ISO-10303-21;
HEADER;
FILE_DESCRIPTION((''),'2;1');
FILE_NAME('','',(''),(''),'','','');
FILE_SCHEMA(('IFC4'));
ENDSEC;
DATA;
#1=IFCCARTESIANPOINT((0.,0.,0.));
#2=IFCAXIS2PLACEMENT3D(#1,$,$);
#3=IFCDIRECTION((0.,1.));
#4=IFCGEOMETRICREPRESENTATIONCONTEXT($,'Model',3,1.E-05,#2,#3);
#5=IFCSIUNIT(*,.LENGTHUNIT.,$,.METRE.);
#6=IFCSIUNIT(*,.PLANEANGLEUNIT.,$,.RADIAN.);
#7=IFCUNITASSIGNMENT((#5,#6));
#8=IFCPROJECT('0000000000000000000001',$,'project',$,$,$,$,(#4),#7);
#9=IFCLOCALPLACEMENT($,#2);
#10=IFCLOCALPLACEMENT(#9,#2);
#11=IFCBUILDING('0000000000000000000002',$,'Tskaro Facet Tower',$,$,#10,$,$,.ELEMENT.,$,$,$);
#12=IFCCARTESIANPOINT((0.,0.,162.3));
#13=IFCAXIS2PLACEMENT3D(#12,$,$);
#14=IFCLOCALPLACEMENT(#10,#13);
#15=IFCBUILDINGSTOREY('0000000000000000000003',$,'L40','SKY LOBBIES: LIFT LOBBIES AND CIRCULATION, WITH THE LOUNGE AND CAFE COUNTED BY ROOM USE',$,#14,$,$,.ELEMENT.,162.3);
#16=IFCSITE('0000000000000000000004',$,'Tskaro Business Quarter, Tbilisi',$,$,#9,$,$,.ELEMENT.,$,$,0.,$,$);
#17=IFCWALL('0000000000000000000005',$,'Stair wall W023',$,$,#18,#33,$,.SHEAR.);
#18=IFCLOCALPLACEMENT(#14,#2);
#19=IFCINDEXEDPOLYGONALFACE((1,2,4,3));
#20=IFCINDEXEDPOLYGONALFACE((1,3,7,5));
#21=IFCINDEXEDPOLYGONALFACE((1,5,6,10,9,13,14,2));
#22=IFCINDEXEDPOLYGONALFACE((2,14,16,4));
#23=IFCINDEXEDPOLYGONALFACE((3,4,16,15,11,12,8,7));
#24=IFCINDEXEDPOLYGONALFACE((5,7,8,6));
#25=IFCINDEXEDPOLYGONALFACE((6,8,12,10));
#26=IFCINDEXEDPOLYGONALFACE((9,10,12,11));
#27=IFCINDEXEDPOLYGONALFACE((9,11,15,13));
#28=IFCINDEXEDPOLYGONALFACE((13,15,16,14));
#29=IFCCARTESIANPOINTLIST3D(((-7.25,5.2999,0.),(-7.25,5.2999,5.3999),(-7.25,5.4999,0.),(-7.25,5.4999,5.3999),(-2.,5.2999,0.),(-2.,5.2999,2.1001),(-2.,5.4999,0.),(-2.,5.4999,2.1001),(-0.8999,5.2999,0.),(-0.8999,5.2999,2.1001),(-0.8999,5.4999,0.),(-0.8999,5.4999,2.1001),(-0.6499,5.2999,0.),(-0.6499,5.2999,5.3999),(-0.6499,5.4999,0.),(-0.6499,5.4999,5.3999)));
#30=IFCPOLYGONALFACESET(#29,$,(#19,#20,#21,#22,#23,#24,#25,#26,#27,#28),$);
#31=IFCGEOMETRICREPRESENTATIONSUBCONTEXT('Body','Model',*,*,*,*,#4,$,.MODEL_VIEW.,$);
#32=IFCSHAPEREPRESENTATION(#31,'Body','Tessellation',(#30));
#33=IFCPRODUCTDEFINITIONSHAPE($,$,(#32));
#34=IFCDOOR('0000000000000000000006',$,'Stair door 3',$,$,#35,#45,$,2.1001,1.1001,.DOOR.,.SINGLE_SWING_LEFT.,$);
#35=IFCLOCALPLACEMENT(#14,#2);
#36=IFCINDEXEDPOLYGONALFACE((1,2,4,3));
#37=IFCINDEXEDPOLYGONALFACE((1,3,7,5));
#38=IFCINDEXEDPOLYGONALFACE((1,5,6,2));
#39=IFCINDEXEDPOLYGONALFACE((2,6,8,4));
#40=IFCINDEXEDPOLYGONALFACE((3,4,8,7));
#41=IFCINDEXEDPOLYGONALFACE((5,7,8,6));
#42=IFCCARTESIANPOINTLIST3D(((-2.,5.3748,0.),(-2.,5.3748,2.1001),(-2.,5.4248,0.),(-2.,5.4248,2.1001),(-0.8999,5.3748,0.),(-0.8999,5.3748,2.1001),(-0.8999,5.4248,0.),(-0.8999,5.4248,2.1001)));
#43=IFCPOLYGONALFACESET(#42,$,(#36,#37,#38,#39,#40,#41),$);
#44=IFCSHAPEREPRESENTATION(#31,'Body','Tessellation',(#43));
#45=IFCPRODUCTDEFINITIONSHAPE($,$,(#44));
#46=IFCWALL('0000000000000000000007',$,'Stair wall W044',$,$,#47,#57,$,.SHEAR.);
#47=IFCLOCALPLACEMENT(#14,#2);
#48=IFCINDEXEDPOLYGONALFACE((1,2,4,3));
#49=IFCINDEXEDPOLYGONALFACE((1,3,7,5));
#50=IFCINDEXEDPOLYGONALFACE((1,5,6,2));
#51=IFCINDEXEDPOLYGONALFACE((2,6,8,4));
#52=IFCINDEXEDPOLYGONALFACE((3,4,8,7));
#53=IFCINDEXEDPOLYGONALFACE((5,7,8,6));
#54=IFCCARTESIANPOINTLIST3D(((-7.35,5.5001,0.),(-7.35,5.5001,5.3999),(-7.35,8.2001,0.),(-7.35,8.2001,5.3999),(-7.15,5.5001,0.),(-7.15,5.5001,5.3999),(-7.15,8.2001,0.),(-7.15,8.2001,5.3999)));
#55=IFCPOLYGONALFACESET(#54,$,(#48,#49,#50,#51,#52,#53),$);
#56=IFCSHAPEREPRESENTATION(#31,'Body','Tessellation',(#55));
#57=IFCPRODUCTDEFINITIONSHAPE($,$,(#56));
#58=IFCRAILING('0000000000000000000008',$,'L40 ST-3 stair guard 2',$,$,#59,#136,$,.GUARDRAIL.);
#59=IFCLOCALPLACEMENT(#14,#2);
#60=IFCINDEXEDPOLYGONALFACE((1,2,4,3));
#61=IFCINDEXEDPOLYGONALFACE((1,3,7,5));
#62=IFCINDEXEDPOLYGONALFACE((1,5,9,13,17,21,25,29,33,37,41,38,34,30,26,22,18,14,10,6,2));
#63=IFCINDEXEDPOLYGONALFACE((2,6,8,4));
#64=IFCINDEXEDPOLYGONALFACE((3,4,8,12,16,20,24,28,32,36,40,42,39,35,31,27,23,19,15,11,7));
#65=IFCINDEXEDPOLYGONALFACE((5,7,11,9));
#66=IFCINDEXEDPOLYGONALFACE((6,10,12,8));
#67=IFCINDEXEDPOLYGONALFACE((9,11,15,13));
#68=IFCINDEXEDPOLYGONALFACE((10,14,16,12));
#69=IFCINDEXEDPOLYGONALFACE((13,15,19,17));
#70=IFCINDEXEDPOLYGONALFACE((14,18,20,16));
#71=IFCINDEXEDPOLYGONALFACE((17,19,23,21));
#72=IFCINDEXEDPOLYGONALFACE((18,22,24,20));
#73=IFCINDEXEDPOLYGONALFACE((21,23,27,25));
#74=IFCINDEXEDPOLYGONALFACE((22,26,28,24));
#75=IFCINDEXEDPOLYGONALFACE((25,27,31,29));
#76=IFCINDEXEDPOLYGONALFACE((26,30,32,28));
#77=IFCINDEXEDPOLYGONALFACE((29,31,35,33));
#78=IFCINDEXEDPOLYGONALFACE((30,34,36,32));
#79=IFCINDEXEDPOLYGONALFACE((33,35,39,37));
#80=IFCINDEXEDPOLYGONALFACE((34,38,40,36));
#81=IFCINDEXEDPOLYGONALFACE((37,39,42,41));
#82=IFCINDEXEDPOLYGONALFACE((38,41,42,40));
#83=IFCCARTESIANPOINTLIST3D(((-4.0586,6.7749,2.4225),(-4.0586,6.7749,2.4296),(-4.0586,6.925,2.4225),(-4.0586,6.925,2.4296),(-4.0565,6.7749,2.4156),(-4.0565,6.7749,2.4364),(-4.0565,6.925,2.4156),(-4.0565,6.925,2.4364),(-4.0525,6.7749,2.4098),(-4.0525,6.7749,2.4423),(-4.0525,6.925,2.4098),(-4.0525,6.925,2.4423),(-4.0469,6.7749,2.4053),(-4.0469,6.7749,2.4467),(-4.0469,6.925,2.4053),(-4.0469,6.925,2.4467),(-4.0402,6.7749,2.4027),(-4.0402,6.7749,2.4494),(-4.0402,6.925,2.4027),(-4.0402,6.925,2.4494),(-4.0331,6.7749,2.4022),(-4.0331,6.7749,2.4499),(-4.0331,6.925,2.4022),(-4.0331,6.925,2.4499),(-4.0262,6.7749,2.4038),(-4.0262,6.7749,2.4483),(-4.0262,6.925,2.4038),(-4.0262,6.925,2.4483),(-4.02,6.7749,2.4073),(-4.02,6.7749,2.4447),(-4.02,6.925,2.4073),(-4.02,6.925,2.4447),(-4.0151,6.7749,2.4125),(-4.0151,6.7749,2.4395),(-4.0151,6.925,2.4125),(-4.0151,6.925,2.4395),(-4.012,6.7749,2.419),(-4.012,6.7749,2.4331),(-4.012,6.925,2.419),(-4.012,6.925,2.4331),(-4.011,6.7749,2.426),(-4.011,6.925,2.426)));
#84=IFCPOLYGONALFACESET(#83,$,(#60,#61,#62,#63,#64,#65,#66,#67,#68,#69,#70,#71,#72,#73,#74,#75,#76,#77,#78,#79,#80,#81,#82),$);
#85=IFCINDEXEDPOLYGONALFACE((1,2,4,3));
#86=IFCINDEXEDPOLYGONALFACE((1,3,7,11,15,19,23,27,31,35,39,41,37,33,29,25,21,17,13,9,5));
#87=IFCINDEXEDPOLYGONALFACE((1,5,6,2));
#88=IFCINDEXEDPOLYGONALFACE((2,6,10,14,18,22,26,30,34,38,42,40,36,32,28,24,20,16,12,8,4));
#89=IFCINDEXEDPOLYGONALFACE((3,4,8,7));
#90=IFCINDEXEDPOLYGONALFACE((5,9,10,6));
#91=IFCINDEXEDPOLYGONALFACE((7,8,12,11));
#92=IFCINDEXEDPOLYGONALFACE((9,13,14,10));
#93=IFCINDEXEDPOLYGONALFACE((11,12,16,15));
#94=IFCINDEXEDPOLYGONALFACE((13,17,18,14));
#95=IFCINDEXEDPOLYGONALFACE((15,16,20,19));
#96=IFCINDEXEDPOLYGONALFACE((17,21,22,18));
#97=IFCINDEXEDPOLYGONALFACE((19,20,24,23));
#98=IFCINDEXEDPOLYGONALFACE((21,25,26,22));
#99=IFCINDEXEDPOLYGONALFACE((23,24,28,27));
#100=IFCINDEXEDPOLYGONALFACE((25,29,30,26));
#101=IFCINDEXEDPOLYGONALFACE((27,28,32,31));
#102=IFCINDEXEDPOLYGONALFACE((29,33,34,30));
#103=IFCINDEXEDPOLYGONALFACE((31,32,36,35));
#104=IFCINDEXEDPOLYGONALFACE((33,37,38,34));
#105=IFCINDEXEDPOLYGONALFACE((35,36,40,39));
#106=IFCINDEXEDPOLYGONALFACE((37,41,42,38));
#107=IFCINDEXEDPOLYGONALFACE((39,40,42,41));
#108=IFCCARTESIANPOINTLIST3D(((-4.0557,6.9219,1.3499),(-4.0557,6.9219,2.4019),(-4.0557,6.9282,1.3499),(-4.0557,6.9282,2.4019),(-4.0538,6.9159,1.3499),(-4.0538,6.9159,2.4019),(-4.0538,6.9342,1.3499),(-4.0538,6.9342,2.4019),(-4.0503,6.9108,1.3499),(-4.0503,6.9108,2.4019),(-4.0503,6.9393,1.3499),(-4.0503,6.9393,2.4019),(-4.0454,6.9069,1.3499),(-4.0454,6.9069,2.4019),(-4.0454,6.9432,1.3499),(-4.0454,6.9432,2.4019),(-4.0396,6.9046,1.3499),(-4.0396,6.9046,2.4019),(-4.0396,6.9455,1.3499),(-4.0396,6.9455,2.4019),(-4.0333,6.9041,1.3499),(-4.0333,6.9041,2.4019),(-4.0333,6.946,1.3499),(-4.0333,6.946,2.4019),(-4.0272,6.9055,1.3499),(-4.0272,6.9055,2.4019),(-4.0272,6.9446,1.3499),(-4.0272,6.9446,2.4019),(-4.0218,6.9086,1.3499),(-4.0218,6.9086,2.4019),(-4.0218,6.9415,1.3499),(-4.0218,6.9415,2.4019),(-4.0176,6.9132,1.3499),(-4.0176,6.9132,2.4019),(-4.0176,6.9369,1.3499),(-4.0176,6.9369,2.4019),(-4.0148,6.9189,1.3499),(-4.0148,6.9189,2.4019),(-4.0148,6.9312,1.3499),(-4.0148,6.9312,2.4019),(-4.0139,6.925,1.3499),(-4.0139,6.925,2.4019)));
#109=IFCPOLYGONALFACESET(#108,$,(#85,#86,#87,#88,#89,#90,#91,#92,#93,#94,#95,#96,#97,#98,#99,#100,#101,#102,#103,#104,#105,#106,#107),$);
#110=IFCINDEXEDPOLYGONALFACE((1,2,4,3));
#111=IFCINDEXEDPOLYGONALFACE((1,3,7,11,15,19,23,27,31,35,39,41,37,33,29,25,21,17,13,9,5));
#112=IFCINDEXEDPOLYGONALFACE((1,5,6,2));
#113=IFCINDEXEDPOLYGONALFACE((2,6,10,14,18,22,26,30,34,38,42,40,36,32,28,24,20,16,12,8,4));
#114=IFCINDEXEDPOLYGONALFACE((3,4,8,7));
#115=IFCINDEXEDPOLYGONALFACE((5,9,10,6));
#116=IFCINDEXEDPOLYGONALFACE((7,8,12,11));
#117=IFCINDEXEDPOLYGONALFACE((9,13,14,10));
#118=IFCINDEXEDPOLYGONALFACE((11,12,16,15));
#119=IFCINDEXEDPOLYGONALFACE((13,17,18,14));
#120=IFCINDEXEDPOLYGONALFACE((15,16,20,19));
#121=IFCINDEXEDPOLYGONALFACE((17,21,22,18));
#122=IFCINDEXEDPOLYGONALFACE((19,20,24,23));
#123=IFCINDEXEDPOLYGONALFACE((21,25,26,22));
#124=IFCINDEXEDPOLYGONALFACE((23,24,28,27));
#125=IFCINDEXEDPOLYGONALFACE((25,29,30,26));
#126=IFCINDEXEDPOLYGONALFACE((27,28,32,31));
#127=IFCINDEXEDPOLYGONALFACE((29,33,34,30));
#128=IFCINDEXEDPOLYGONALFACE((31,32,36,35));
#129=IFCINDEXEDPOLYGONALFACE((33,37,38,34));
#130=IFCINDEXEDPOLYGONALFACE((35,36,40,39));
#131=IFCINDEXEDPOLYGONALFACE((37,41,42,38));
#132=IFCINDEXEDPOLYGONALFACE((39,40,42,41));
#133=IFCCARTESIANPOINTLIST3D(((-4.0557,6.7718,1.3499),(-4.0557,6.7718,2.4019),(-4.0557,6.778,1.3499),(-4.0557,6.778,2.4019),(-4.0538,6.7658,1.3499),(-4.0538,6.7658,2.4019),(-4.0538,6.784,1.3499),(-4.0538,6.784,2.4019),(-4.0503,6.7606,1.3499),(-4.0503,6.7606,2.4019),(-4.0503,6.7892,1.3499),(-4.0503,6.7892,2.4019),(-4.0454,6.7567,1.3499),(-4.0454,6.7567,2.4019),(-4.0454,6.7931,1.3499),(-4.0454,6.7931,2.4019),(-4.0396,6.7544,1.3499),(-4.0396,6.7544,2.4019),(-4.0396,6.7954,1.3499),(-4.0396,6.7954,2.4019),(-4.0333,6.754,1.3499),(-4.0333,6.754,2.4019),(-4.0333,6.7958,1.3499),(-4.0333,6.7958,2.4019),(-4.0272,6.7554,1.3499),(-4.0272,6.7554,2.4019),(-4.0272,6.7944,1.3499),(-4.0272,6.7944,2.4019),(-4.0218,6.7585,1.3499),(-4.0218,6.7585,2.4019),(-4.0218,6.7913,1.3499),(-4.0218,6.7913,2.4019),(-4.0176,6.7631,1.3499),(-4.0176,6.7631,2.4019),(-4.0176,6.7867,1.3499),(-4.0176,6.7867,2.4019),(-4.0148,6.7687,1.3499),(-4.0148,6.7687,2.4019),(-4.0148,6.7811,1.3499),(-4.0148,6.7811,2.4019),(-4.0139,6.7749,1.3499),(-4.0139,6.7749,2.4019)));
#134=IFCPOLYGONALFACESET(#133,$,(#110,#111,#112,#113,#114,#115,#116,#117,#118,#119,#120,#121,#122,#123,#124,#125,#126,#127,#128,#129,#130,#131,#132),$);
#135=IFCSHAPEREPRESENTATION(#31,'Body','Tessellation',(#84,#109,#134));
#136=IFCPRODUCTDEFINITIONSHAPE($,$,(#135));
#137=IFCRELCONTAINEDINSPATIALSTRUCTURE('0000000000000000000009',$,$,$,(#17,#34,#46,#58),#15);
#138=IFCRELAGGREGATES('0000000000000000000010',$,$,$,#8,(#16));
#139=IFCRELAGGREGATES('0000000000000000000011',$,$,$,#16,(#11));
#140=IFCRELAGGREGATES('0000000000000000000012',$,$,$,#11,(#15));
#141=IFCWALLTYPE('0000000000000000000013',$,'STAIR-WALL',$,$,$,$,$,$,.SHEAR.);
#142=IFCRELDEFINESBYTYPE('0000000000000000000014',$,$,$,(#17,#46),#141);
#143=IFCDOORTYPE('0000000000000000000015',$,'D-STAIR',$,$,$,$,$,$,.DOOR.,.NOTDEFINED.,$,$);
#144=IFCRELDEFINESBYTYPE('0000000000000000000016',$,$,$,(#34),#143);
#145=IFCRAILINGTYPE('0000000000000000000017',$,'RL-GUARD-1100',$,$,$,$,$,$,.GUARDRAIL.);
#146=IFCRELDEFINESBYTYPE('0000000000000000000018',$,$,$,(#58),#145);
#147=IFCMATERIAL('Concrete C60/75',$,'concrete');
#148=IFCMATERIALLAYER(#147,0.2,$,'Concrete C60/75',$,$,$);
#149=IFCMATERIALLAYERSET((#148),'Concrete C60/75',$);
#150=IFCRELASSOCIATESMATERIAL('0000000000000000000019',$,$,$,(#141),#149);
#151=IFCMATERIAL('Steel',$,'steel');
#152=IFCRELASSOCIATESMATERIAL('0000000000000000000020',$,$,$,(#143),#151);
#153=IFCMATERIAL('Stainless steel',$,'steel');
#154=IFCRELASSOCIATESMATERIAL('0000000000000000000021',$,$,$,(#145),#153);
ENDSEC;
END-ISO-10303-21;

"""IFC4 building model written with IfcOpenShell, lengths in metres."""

from ifc_helpers import new_model, si_unit, direction, frame, frame_2d, origin, origin_2d, place, context, subcontext, project, spatial, rectangle, circle, extrude, material, layer, layer_set, type_object, element, fill, save


model = new_model("IFC4")

# Units and contexts
model_context = context("Model", 3, precision=1e-05, world=origin(), true_north=direction((0.0, 1.0)))
body_context = subcontext(model_context, "Body", "Model", "MODEL_VIEW")
ifc_project = project(units=[si_unit("LENGTHUNIT", "METRE"), si_unit("PLANEANGLEUNIT", "RADIAN")], contexts=[model_context])

# Site, building, storey
site_placement = place(None, origin())
site = spatial("IfcSite", under=ifc_project, at=site_placement, Name="Tskaro Business Quarter, Tbilisi", CompositionType="ELEMENT", RefElevation=0.0)
building_placement = place(site_placement, origin())
building = spatial("IfcBuilding", under=site, at=building_placement, Name="Tskaro Facet Tower", CompositionType="ELEMENT")
storey_placement = place(building_placement, frame((0.0, 0.0, 162.3)))
storey = spatial("IfcBuildingStorey", under=building, at=storey_placement, Name="L40", Description="SKY LOBBIES: LIFT LOBBIES AND CIRCULATION, WITH THE LOUNGE AND CAFE COUNTED BY ROOM USE", CompositionType="ELEMENT", Elevation=162.3)

# Shared definitions
ifc_material_1 = material(Name="Concrete C60/75", Category="concrete")
ifc_material_2 = material(Name="Stainless steel", Category="steel")

# Wall, opening, door
ifc_layer_1 = layer(ifc_material_1, 0.2, Name="Concrete C60/75")
ifc_layer_set_1 = layer_set([ifc_layer_1], Name="Concrete C60/75")
wall_type_1 = type_object("IfcWallType", Name="STAIR-WALL", PredefinedType="SHEAR", material=ifc_layer_set_1)
wall_1_placement = place(storey_placement, frame((-7.25, 5.3999, 0.0), z_axis=(0.0, 0.0, 1.0), x_axis=(1.0, 0.0, 0.0)))
wall_1 = element("IfcWall", 1, at=wall_1_placement, inside=storey, type_object=wall_type_1, Name="Stair wall W023", PredefinedType="SHEAR", context=body_context, shape_type="SweptSolid", body=[
    extrude(rectangle(XDim=6.6001, YDim=0.2, at=frame_2d((3.3, 0.0))), origin(), (0.0, 0.0, 1.0), 5.3999),
])
opening_1_placement = place(wall_1_placement, frame((5.25, 0.0, 0.0)))
opening_1 = element("IfcOpeningElement", 2, at=opening_1_placement, cuts=wall_1, PredefinedType="OPENING", context=body_context, shape_type="SweptSolid", body=[
    extrude(rectangle(XDim=1.1001, YDim=2.1001, at=frame_2d((0.55, 1.05))), frame((0.0, 0.1099, 0.0), z_axis=(0.0, -1.0, 0.0), x_axis=(1.0, 0.0, 0.0)), (0.0, 0.0, 1.0), 0.22),
])
ifc_material_3 = material(Name="Steel", Category="steel")
door_type_1 = type_object("IfcDoorType", Name="D-STAIR", OperationType="NOTDEFINED", PredefinedType="DOOR", material=ifc_material_3)
door_1_placement = place(opening_1_placement, origin())
door_1 = element("IfcDoor", 3, at=door_1_placement, inside=storey, type_object=door_type_1, Name="Stair door 3", OperationType="SINGLE_SWING_LEFT", OverallHeight=2.1001, OverallWidth=1.1001, PredefinedType="DOOR", context=body_context, shape_type="SweptSolid", body=[
    extrude(rectangle(XDim=1.1001, YDim=2.1001, at=frame_2d((0.55, 1.05))), frame((0.0, 0.0249, 0.0), z_axis=(0.0, -1.0, 0.0), x_axis=(1.0, 0.0, 0.0)), (0.0, 0.0, 1.0), 0.05),
])
fill(opening_1, door_1)

# Wall
wall_2_placement = place(storey_placement, frame((-7.25, 5.5, 0.0), z_axis=(0.0, 0.0, 1.0), x_axis=(0.0, 1.0, 0.0)))
element("IfcWall", 4, at=wall_2_placement, inside=storey, type_object=wall_type_1, Name="Stair wall W044", PredefinedType="SHEAR", context=body_context, shape_type="SweptSolid", body=[
    extrude(rectangle(XDim=2.7, YDim=0.2, at=frame_2d((1.3501, 0.0))), origin(), (0.0, 0.0, 1.0), 5.3999),
])

# Railing
railing_type = type_object("IfcRailingType", Name="RL-GUARD-1100", PredefinedType="GUARDRAIL", material=ifc_material_2)
for number, where, name in (
    (5, (-4.0349, 6.925, 1.3499), "L40 ST-3 stair guard 2"),
):
    element("IfcRailing", number, at=place(storey_placement, frame(where)), inside=storey, type_object=railing_type, Name=name, PredefinedType="GUARDRAIL", context=body_context, shape_type="SweptSolid", body=[
        extrude(circle(Radius=0.0239, at=origin_2d()), frame((0.0, 0.0, 1.0762), z_axis=(0.0, -1.0, 0.0), x_axis=(1.0, 0.0, 0.0)), (0.0, 0.0, 1.0), 0.1501),
        extrude(circle(Radius=0.021, at=origin_2d()), origin(), (0.0, 0.0, 1.0), 1.052),
        extrude(circle(Radius=0.021, at=origin_2d()), frame((0.0, -0.1501, 0.0)), (0.0, 0.0, 1.0), 1.052),
    ])

save(model, "model.ifc")
